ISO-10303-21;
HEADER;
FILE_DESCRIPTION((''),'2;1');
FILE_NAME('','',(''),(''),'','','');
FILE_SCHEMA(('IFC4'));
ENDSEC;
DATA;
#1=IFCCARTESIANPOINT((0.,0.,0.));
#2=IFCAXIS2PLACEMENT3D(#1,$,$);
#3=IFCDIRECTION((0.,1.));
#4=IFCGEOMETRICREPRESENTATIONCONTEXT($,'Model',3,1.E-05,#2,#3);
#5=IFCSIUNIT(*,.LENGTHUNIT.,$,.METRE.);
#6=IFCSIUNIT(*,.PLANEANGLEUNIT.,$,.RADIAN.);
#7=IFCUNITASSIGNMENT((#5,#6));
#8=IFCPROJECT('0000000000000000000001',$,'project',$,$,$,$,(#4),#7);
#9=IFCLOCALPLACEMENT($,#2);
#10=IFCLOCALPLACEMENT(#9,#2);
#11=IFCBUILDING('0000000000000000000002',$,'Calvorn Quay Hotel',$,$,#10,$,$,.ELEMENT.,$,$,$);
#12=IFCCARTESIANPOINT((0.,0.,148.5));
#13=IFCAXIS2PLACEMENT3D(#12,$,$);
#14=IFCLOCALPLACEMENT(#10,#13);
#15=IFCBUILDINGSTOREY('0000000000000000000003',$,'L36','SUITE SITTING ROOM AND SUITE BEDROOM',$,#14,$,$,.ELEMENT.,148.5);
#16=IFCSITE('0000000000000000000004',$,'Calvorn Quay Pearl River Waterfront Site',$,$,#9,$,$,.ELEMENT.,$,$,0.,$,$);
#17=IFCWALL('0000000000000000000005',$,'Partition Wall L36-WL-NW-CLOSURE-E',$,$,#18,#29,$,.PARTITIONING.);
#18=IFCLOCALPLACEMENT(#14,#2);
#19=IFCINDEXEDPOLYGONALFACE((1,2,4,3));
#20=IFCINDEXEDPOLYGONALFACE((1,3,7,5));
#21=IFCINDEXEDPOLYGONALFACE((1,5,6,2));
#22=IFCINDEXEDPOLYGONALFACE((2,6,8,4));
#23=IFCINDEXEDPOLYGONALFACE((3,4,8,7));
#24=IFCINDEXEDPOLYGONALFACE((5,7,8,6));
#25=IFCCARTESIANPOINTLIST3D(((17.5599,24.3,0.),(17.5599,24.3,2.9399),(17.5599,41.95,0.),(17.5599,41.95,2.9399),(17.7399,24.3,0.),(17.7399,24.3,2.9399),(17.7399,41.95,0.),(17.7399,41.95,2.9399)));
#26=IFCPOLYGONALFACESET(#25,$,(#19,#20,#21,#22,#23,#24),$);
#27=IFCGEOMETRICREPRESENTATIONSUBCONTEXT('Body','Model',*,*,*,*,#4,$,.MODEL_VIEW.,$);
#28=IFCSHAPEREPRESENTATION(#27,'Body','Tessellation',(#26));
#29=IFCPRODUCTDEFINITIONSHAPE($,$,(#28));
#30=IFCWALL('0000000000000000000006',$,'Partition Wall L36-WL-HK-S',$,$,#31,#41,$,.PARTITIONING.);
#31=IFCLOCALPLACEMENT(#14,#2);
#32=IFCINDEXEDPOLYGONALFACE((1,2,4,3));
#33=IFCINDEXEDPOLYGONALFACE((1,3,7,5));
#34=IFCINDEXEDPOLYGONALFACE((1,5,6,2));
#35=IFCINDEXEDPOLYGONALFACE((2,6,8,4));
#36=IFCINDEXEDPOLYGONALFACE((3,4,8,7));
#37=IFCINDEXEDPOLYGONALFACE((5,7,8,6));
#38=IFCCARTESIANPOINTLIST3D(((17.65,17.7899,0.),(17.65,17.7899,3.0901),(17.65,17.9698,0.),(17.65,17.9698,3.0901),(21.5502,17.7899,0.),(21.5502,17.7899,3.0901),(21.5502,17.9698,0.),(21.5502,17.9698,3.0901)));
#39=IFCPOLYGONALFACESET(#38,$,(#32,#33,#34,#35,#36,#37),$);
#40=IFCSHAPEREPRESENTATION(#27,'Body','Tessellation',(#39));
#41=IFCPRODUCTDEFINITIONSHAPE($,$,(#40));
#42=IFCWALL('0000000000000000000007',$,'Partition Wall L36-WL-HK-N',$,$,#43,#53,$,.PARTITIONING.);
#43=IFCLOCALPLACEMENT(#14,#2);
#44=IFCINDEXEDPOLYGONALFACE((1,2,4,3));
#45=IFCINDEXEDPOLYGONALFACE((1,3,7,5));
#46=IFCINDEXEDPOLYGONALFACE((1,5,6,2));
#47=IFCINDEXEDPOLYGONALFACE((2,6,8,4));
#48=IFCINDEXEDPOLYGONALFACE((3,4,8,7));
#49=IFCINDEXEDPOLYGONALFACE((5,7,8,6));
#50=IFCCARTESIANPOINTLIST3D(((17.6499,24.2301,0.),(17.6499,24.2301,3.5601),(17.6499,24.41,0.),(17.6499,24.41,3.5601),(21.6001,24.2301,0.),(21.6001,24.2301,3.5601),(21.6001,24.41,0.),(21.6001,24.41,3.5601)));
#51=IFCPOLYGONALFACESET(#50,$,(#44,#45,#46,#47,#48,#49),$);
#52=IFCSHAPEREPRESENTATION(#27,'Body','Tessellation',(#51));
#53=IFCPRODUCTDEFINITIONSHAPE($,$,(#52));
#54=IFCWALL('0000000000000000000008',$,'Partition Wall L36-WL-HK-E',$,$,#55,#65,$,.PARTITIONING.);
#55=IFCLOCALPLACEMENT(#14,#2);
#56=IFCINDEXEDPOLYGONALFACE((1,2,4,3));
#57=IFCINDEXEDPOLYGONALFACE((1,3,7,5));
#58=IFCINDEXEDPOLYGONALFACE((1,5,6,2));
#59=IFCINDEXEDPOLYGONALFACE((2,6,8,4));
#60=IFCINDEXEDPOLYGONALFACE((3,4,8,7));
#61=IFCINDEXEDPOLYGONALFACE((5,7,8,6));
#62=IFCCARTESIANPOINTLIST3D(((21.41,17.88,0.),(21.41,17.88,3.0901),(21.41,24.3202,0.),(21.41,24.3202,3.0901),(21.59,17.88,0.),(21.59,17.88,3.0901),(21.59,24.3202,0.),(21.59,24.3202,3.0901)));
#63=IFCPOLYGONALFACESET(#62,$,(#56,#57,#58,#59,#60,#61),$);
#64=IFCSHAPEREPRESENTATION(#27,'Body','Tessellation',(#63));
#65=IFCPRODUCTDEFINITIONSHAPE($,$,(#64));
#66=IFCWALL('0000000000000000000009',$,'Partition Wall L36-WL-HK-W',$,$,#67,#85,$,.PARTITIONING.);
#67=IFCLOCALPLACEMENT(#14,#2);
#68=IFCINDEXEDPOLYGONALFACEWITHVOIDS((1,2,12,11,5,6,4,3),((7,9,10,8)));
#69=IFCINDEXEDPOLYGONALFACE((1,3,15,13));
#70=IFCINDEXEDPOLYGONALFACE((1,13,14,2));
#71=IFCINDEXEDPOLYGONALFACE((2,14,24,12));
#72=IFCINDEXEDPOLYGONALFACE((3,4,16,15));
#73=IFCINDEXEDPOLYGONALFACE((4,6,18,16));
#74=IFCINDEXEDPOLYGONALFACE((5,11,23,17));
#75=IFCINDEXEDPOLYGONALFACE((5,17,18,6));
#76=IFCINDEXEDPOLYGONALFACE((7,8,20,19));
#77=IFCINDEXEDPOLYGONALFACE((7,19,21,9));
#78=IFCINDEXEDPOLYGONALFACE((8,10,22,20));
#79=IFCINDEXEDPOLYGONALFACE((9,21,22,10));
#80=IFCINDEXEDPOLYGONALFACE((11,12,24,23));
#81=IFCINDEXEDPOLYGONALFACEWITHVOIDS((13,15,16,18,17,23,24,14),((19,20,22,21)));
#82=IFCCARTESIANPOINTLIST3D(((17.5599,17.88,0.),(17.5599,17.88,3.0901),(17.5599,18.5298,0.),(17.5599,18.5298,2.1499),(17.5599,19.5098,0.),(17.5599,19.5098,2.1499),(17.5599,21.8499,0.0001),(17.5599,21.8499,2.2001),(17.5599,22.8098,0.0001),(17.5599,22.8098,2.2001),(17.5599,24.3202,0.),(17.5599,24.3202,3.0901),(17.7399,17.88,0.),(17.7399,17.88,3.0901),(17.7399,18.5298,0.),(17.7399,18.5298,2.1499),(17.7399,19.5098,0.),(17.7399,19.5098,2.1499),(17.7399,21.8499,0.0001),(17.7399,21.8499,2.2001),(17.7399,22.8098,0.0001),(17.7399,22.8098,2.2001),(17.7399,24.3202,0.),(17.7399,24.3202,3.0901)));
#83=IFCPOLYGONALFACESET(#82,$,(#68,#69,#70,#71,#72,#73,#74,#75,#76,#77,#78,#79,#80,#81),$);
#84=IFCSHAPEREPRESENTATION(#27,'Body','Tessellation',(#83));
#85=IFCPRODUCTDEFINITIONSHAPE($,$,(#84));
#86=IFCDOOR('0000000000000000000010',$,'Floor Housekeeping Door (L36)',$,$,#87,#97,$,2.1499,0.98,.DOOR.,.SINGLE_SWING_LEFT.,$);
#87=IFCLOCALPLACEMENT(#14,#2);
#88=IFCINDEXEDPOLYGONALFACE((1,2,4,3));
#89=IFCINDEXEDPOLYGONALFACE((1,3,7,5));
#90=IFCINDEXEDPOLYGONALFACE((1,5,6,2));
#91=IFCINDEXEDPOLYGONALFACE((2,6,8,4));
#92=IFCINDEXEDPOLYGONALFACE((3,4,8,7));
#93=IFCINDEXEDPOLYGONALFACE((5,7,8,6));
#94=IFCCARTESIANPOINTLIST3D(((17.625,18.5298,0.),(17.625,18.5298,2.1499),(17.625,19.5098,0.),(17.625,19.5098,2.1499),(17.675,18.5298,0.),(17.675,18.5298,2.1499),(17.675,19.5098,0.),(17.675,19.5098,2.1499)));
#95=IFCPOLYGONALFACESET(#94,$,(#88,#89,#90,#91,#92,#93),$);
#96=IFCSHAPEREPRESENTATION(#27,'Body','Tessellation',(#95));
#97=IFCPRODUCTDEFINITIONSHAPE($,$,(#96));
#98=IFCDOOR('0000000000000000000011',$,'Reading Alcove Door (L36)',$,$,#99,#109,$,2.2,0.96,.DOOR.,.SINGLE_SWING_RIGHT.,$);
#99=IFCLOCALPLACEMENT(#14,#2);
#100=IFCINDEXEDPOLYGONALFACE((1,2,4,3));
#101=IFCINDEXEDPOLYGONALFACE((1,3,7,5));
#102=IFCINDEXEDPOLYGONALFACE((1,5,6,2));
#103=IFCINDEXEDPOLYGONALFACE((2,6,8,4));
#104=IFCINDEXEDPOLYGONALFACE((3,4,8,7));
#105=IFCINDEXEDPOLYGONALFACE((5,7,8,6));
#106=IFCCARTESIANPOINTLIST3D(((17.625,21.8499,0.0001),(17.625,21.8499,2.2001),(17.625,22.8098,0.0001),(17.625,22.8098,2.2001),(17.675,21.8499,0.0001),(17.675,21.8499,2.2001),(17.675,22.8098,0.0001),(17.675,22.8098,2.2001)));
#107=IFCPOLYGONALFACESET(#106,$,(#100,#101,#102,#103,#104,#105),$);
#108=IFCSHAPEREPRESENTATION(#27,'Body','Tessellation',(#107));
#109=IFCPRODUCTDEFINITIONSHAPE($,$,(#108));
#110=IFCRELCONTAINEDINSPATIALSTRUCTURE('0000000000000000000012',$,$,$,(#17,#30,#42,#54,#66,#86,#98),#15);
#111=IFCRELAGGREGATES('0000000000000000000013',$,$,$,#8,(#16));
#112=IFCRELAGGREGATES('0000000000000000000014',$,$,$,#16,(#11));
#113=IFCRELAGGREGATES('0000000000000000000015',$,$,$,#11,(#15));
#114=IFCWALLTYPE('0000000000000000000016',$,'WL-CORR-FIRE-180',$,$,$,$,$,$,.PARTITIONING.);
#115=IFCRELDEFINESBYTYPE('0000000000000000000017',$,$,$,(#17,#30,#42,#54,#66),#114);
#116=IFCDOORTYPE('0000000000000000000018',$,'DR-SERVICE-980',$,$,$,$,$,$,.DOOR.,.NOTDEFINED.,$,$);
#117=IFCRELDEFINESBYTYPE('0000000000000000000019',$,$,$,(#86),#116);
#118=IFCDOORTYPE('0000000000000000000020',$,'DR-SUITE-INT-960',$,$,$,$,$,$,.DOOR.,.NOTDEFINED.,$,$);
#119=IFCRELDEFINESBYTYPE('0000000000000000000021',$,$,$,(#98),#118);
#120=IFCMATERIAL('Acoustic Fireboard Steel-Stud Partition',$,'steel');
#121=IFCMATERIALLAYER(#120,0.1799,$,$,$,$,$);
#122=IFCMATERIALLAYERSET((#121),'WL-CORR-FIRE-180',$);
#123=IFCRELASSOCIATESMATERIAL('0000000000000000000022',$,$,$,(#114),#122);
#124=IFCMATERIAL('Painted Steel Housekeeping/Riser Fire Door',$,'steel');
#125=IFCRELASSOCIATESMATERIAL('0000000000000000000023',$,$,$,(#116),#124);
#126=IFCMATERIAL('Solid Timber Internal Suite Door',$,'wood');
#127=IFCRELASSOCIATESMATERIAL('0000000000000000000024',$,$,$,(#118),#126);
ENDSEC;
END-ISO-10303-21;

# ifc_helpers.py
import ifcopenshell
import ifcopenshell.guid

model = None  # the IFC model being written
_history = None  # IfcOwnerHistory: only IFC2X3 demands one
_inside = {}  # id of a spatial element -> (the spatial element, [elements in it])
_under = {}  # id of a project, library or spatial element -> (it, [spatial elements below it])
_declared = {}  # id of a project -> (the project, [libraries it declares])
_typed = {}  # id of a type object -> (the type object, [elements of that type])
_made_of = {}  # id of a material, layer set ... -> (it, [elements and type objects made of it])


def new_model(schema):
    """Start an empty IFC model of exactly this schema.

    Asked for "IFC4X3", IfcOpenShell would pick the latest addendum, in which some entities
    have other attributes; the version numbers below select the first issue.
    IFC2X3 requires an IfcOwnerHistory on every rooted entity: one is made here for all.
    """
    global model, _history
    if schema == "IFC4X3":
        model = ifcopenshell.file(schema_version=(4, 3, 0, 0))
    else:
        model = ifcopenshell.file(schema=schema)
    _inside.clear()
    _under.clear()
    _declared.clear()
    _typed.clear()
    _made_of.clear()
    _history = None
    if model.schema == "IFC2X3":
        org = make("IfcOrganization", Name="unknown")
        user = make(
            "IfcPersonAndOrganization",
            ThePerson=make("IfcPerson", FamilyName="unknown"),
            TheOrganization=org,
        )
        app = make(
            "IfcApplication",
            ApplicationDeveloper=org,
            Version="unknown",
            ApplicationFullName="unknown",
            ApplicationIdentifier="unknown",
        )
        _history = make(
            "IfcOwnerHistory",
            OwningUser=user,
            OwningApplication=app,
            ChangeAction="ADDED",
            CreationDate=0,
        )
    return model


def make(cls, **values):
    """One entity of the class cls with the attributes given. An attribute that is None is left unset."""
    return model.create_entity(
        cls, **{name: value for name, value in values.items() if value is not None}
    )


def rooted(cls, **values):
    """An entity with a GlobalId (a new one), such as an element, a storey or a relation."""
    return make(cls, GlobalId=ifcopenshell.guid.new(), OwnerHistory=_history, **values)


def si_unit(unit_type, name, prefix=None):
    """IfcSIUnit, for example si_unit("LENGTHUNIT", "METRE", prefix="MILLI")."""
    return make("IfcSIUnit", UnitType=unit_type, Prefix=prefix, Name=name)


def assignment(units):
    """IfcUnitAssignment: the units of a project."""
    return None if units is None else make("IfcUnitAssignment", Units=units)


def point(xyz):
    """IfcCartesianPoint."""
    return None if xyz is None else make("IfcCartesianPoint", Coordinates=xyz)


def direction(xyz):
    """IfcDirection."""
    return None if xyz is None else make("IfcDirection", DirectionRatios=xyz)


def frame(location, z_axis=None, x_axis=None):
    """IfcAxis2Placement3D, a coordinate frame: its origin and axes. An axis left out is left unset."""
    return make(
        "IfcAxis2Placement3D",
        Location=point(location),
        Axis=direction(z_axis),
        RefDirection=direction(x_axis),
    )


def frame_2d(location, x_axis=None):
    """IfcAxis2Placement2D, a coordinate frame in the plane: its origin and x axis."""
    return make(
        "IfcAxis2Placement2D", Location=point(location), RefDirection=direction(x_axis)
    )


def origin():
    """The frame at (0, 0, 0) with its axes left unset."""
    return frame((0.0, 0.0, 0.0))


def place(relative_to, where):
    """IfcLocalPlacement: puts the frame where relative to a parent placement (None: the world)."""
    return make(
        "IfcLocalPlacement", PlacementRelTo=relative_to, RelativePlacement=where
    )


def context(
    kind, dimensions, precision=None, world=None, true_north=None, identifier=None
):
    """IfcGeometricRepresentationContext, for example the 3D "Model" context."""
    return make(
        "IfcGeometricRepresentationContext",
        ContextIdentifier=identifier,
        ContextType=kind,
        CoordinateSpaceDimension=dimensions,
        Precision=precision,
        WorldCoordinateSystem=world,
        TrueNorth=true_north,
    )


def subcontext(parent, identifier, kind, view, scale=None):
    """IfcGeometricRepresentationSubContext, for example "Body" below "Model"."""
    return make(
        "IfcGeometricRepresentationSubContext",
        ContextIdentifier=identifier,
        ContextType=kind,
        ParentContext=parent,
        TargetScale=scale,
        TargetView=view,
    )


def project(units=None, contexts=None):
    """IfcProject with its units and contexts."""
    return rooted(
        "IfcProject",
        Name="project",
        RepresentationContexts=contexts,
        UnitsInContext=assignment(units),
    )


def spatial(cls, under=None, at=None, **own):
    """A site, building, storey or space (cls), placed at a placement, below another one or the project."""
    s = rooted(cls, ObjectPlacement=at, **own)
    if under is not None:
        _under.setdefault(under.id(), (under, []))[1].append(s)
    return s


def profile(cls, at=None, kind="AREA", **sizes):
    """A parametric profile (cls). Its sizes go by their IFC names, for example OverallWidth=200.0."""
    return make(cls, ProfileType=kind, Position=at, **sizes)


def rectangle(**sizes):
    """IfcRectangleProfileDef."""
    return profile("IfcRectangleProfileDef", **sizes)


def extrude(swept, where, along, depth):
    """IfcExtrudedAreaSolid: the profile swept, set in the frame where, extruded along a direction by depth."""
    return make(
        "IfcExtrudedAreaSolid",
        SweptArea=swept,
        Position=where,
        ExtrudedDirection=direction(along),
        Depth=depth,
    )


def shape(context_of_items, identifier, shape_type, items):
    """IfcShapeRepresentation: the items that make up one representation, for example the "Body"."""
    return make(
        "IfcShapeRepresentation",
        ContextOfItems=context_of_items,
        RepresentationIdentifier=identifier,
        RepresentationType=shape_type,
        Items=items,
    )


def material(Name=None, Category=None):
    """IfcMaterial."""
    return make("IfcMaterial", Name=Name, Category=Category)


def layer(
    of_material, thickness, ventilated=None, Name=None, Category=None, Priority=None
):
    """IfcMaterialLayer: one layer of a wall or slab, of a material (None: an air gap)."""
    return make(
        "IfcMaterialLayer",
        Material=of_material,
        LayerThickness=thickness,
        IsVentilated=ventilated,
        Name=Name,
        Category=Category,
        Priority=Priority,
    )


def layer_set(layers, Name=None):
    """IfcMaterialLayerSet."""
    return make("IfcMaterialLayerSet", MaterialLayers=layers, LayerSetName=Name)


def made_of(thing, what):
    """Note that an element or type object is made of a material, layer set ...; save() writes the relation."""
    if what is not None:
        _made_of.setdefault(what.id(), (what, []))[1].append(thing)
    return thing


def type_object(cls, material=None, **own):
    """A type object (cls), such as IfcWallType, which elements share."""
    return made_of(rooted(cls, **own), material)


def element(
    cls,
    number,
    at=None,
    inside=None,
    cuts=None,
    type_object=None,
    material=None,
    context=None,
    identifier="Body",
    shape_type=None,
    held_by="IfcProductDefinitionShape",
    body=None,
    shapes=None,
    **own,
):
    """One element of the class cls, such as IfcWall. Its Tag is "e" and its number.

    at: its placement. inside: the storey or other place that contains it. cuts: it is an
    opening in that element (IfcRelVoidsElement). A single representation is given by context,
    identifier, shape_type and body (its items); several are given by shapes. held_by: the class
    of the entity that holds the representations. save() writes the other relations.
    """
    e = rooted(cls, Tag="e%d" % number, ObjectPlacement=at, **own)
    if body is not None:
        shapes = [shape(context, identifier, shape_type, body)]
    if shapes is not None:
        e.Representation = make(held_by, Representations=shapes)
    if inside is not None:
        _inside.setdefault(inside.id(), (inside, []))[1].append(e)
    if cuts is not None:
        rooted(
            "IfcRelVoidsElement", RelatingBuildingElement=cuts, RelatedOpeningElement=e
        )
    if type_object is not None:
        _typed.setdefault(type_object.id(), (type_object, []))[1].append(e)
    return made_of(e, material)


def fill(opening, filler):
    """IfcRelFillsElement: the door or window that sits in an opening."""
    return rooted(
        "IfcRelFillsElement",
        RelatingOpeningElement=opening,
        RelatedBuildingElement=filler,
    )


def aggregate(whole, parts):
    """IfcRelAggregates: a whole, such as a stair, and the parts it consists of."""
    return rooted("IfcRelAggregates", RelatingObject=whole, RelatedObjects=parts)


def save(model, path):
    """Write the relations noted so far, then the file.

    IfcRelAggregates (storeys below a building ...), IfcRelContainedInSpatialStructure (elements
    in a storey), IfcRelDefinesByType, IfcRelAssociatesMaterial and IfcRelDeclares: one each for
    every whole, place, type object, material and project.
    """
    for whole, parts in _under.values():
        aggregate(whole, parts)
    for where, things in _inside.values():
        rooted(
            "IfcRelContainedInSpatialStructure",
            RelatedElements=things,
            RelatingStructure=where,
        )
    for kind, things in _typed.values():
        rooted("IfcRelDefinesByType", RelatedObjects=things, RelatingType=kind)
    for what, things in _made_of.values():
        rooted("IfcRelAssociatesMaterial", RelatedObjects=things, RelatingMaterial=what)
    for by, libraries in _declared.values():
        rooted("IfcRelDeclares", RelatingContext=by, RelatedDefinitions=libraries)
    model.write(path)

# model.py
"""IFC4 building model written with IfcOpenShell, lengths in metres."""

from ifc_helpers import new_model, si_unit, direction, frame, frame_2d, origin, place, context, subcontext, project, spatial, rectangle, extrude, material, layer, layer_set, type_object, element, fill, save


model = new_model("IFC4")

# Units and contexts
model_context = context("Model", 3, precision=1e-05, world=origin(), true_north=direction((0.0, 1.0)))
body_context = subcontext(model_context, "Body", "Model", "MODEL_VIEW")
ifc_project = project(units=[si_unit("LENGTHUNIT", "METRE"), si_unit("PLANEANGLEUNIT", "RADIAN")], contexts=[model_context])

# Site, building, storey
site_placement = place(None, origin())
site = spatial("IfcSite", under=ifc_project, at=site_placement, Name="Calvorn Quay Pearl River Waterfront Site", CompositionType="ELEMENT", RefElevation=0.0)
building_placement = place(site_placement, origin())
building = spatial("IfcBuilding", under=site, at=building_placement, Name="Calvorn Quay Hotel", CompositionType="ELEMENT")
storey_placement = place(building_placement, frame((0.0, 0.0, 148.5)))
storey = spatial("IfcBuildingStorey", under=building, at=storey_placement, Name="L36", Description="SUITE SITTING ROOM AND SUITE BEDROOM", CompositionType="ELEMENT", Elevation=148.5)

# Walls
ifc_material_1 = material(Name="Acoustic Fireboard Steel-Stud Partition", Category="steel")
ifc_layer_1 = layer(ifc_material_1, 0.1799)
ifc_layer_set_1 = layer_set([ifc_layer_1], Name="WL-CORR-FIRE-180")
wall_type_1 = type_object("IfcWallType", Name="WL-CORR-FIRE-180", PredefinedType="PARTITIONING", material=ifc_layer_set_1)
wall_1_placement = place(storey_placement, frame((17.6499, 24.3, 0.0), z_axis=(0.0, 0.0, 1.0), x_axis=(0.0, 1.0, 0.0)))
element("IfcWall", 1, at=wall_1_placement, inside=storey, type_object=wall_type_1, Name="Partition Wall L36-WL-NW-CLOSURE-E", PredefinedType="PARTITIONING", context=body_context, shape_type="SweptSolid", body=[
    extrude(rectangle(XDim=17.6499, YDim=0.1799, at=frame_2d((8.825, 0.0))), origin(), (0.0, 0.0, 1.0), 2.9399),
])
wall_2_placement = place(storey_placement, frame((17.6499, 17.8799, 0.0), z_axis=(0.0, 0.0, 1.0), x_axis=(1.0, 0.0, 0.0)))
element("IfcWall", 2, at=wall_2_placement, inside=storey, type_object=wall_type_1, Name="Partition Wall L36-WL-HK-S", PredefinedType="PARTITIONING", context=body_context, shape_type="SweptSolid", body=[
    extrude(rectangle(XDim=3.9001, YDim=0.1799, at=frame_2d((1.9502, 0.0))), origin(), (0.0, 0.0, 1.0), 3.0901),
])
wall_3_placement = place(storey_placement, frame((17.6499, 24.3201, 0.0), z_axis=(0.0, 0.0, 1.0), x_axis=(1.0, 0.0, 0.0)))
element("IfcWall", 3, at=wall_3_placement, inside=storey, type_object=wall_type_1, Name="Partition Wall L36-WL-HK-N", PredefinedType="PARTITIONING", context=body_context, shape_type="SweptSolid", body=[
    extrude(rectangle(XDim=3.9502, YDim=0.1799, at=frame_2d((1.9751, 0.0))), origin(), (0.0, 0.0, 1.0), 3.5601),
])
wall_4_placement = place(storey_placement, frame((21.5, 17.8799, 0.0), z_axis=(0.0, 0.0, 1.0), x_axis=(0.0, 1.0, 0.0)))
element("IfcWall", 4, at=wall_4_placement, inside=storey, type_object=wall_type_1, Name="Partition Wall L36-WL-HK-E", PredefinedType="PARTITIONING", context=body_context, shape_type="SweptSolid", body=[
    extrude(rectangle(XDim=6.4402, YDim=0.1799, at=frame_2d((3.2202, 0.0))), origin(), (0.0, 0.0, 1.0), 3.0901),
])

# Wall, openings, doors
wall_5_placement = place(storey_placement, frame((17.6499, 17.8799, 0.0), z_axis=(0.0, 0.0, 1.0), x_axis=(0.0, 1.0, 0.0)))
wall_5 = element("IfcWall", 5, at=wall_5_placement, inside=storey, type_object=wall_type_1, Name="Partition Wall L36-WL-HK-W", PredefinedType="PARTITIONING", context=body_context, shape_type="SweptSolid", body=[
    extrude(rectangle(XDim=6.4402, YDim=0.1799, at=frame_2d((3.2202, 0.0))), origin(), (0.0, 0.0, 1.0), 3.0901),
])
opening_1_placement = place(wall_5_placement, frame((0.6499, 0.0, 0.0)))
opening_1 = element("IfcOpeningElement", 6, at=opening_1_placement, cuts=wall_5, PredefinedType="OPENING", context=body_context, shape_type="SweptSolid", body=[
    extrude(rectangle(XDim=0.98, YDim=2.1499, at=frame_2d((0.49, 1.075))), frame((0.0, 0.0999, 0.0), z_axis=(0.0, -1.0, 0.0), x_axis=(1.0, 0.0, 0.0)), (0.0, 0.0, 1.0), 0.2),
])
opening_2_placement = place(wall_5_placement, frame((3.97, 0.0, 0.0)))
opening_2 = element("IfcOpeningElement", 7, at=opening_2_placement, cuts=wall_5, PredefinedType="OPENING", context=body_context, shape_type="SweptSolid", body=[
    extrude(rectangle(XDim=0.96, YDim=2.2, at=frame_2d((0.48, 1.1001))), frame((0.0, 0.0999, 0.0), z_axis=(0.0, -1.0, 0.0), x_axis=(1.0, 0.0, 0.0)), (0.0, 0.0, 1.0), 0.2),
])
ifc_material_2 = material(Name="Painted Steel Housekeeping/Riser Fire Door", Category="steel")
door_type_1 = type_object("IfcDoorType", Name="DR-SERVICE-980", OperationType="NOTDEFINED", PredefinedType="DOOR", material=ifc_material_2)
door_1_placement = place(opening_1_placement, origin())
door_1 = element("IfcDoor", 8, at=door_1_placement, inside=storey, type_object=door_type_1, Name="Floor Housekeeping Door (L36)", OperationType="SINGLE_SWING_LEFT", OverallHeight=2.1499, OverallWidth=0.98, PredefinedType="DOOR", context=body_context, shape_type="SweptSolid", body=[
    extrude(rectangle(XDim=0.98, YDim=2.1499, at=frame_2d((0.49, 1.075))), frame((0.0, 0.0249, 0.0), z_axis=(0.0, -1.0, 0.0), x_axis=(1.0, 0.0, 0.0)), (0.0, 0.0, 1.0), 0.05),
])
fill(opening_1, door_1)
ifc_material_3 = material(Name="Solid Timber Internal Suite Door", Category="wood")
door_type_2 = type_object("IfcDoorType", Name="DR-SUITE-INT-960", OperationType="NOTDEFINED", PredefinedType="DOOR", material=ifc_material_3)
door_2_placement = place(opening_2_placement, origin())
door_2 = element("IfcDoor", 9, at=door_2_placement, inside=storey, type_object=door_type_2, Name="Reading Alcove Door (L36)", OperationType="SINGLE_SWING_RIGHT", OverallHeight=2.2, OverallWidth=0.96, PredefinedType="DOOR", context=body_context, shape_type="SweptSolid", body=[
    extrude(rectangle(XDim=0.96, YDim=2.2, at=frame_2d((0.48, 1.1001))), frame((0.0, 0.0249, 0.0), z_axis=(0.0, -1.0, 0.0), x_axis=(1.0, 0.0, 0.0)), (0.0, 0.0, 1.0), 0.05),
])
fill(opening_2, door_2)

save(model, "model.ifc")
